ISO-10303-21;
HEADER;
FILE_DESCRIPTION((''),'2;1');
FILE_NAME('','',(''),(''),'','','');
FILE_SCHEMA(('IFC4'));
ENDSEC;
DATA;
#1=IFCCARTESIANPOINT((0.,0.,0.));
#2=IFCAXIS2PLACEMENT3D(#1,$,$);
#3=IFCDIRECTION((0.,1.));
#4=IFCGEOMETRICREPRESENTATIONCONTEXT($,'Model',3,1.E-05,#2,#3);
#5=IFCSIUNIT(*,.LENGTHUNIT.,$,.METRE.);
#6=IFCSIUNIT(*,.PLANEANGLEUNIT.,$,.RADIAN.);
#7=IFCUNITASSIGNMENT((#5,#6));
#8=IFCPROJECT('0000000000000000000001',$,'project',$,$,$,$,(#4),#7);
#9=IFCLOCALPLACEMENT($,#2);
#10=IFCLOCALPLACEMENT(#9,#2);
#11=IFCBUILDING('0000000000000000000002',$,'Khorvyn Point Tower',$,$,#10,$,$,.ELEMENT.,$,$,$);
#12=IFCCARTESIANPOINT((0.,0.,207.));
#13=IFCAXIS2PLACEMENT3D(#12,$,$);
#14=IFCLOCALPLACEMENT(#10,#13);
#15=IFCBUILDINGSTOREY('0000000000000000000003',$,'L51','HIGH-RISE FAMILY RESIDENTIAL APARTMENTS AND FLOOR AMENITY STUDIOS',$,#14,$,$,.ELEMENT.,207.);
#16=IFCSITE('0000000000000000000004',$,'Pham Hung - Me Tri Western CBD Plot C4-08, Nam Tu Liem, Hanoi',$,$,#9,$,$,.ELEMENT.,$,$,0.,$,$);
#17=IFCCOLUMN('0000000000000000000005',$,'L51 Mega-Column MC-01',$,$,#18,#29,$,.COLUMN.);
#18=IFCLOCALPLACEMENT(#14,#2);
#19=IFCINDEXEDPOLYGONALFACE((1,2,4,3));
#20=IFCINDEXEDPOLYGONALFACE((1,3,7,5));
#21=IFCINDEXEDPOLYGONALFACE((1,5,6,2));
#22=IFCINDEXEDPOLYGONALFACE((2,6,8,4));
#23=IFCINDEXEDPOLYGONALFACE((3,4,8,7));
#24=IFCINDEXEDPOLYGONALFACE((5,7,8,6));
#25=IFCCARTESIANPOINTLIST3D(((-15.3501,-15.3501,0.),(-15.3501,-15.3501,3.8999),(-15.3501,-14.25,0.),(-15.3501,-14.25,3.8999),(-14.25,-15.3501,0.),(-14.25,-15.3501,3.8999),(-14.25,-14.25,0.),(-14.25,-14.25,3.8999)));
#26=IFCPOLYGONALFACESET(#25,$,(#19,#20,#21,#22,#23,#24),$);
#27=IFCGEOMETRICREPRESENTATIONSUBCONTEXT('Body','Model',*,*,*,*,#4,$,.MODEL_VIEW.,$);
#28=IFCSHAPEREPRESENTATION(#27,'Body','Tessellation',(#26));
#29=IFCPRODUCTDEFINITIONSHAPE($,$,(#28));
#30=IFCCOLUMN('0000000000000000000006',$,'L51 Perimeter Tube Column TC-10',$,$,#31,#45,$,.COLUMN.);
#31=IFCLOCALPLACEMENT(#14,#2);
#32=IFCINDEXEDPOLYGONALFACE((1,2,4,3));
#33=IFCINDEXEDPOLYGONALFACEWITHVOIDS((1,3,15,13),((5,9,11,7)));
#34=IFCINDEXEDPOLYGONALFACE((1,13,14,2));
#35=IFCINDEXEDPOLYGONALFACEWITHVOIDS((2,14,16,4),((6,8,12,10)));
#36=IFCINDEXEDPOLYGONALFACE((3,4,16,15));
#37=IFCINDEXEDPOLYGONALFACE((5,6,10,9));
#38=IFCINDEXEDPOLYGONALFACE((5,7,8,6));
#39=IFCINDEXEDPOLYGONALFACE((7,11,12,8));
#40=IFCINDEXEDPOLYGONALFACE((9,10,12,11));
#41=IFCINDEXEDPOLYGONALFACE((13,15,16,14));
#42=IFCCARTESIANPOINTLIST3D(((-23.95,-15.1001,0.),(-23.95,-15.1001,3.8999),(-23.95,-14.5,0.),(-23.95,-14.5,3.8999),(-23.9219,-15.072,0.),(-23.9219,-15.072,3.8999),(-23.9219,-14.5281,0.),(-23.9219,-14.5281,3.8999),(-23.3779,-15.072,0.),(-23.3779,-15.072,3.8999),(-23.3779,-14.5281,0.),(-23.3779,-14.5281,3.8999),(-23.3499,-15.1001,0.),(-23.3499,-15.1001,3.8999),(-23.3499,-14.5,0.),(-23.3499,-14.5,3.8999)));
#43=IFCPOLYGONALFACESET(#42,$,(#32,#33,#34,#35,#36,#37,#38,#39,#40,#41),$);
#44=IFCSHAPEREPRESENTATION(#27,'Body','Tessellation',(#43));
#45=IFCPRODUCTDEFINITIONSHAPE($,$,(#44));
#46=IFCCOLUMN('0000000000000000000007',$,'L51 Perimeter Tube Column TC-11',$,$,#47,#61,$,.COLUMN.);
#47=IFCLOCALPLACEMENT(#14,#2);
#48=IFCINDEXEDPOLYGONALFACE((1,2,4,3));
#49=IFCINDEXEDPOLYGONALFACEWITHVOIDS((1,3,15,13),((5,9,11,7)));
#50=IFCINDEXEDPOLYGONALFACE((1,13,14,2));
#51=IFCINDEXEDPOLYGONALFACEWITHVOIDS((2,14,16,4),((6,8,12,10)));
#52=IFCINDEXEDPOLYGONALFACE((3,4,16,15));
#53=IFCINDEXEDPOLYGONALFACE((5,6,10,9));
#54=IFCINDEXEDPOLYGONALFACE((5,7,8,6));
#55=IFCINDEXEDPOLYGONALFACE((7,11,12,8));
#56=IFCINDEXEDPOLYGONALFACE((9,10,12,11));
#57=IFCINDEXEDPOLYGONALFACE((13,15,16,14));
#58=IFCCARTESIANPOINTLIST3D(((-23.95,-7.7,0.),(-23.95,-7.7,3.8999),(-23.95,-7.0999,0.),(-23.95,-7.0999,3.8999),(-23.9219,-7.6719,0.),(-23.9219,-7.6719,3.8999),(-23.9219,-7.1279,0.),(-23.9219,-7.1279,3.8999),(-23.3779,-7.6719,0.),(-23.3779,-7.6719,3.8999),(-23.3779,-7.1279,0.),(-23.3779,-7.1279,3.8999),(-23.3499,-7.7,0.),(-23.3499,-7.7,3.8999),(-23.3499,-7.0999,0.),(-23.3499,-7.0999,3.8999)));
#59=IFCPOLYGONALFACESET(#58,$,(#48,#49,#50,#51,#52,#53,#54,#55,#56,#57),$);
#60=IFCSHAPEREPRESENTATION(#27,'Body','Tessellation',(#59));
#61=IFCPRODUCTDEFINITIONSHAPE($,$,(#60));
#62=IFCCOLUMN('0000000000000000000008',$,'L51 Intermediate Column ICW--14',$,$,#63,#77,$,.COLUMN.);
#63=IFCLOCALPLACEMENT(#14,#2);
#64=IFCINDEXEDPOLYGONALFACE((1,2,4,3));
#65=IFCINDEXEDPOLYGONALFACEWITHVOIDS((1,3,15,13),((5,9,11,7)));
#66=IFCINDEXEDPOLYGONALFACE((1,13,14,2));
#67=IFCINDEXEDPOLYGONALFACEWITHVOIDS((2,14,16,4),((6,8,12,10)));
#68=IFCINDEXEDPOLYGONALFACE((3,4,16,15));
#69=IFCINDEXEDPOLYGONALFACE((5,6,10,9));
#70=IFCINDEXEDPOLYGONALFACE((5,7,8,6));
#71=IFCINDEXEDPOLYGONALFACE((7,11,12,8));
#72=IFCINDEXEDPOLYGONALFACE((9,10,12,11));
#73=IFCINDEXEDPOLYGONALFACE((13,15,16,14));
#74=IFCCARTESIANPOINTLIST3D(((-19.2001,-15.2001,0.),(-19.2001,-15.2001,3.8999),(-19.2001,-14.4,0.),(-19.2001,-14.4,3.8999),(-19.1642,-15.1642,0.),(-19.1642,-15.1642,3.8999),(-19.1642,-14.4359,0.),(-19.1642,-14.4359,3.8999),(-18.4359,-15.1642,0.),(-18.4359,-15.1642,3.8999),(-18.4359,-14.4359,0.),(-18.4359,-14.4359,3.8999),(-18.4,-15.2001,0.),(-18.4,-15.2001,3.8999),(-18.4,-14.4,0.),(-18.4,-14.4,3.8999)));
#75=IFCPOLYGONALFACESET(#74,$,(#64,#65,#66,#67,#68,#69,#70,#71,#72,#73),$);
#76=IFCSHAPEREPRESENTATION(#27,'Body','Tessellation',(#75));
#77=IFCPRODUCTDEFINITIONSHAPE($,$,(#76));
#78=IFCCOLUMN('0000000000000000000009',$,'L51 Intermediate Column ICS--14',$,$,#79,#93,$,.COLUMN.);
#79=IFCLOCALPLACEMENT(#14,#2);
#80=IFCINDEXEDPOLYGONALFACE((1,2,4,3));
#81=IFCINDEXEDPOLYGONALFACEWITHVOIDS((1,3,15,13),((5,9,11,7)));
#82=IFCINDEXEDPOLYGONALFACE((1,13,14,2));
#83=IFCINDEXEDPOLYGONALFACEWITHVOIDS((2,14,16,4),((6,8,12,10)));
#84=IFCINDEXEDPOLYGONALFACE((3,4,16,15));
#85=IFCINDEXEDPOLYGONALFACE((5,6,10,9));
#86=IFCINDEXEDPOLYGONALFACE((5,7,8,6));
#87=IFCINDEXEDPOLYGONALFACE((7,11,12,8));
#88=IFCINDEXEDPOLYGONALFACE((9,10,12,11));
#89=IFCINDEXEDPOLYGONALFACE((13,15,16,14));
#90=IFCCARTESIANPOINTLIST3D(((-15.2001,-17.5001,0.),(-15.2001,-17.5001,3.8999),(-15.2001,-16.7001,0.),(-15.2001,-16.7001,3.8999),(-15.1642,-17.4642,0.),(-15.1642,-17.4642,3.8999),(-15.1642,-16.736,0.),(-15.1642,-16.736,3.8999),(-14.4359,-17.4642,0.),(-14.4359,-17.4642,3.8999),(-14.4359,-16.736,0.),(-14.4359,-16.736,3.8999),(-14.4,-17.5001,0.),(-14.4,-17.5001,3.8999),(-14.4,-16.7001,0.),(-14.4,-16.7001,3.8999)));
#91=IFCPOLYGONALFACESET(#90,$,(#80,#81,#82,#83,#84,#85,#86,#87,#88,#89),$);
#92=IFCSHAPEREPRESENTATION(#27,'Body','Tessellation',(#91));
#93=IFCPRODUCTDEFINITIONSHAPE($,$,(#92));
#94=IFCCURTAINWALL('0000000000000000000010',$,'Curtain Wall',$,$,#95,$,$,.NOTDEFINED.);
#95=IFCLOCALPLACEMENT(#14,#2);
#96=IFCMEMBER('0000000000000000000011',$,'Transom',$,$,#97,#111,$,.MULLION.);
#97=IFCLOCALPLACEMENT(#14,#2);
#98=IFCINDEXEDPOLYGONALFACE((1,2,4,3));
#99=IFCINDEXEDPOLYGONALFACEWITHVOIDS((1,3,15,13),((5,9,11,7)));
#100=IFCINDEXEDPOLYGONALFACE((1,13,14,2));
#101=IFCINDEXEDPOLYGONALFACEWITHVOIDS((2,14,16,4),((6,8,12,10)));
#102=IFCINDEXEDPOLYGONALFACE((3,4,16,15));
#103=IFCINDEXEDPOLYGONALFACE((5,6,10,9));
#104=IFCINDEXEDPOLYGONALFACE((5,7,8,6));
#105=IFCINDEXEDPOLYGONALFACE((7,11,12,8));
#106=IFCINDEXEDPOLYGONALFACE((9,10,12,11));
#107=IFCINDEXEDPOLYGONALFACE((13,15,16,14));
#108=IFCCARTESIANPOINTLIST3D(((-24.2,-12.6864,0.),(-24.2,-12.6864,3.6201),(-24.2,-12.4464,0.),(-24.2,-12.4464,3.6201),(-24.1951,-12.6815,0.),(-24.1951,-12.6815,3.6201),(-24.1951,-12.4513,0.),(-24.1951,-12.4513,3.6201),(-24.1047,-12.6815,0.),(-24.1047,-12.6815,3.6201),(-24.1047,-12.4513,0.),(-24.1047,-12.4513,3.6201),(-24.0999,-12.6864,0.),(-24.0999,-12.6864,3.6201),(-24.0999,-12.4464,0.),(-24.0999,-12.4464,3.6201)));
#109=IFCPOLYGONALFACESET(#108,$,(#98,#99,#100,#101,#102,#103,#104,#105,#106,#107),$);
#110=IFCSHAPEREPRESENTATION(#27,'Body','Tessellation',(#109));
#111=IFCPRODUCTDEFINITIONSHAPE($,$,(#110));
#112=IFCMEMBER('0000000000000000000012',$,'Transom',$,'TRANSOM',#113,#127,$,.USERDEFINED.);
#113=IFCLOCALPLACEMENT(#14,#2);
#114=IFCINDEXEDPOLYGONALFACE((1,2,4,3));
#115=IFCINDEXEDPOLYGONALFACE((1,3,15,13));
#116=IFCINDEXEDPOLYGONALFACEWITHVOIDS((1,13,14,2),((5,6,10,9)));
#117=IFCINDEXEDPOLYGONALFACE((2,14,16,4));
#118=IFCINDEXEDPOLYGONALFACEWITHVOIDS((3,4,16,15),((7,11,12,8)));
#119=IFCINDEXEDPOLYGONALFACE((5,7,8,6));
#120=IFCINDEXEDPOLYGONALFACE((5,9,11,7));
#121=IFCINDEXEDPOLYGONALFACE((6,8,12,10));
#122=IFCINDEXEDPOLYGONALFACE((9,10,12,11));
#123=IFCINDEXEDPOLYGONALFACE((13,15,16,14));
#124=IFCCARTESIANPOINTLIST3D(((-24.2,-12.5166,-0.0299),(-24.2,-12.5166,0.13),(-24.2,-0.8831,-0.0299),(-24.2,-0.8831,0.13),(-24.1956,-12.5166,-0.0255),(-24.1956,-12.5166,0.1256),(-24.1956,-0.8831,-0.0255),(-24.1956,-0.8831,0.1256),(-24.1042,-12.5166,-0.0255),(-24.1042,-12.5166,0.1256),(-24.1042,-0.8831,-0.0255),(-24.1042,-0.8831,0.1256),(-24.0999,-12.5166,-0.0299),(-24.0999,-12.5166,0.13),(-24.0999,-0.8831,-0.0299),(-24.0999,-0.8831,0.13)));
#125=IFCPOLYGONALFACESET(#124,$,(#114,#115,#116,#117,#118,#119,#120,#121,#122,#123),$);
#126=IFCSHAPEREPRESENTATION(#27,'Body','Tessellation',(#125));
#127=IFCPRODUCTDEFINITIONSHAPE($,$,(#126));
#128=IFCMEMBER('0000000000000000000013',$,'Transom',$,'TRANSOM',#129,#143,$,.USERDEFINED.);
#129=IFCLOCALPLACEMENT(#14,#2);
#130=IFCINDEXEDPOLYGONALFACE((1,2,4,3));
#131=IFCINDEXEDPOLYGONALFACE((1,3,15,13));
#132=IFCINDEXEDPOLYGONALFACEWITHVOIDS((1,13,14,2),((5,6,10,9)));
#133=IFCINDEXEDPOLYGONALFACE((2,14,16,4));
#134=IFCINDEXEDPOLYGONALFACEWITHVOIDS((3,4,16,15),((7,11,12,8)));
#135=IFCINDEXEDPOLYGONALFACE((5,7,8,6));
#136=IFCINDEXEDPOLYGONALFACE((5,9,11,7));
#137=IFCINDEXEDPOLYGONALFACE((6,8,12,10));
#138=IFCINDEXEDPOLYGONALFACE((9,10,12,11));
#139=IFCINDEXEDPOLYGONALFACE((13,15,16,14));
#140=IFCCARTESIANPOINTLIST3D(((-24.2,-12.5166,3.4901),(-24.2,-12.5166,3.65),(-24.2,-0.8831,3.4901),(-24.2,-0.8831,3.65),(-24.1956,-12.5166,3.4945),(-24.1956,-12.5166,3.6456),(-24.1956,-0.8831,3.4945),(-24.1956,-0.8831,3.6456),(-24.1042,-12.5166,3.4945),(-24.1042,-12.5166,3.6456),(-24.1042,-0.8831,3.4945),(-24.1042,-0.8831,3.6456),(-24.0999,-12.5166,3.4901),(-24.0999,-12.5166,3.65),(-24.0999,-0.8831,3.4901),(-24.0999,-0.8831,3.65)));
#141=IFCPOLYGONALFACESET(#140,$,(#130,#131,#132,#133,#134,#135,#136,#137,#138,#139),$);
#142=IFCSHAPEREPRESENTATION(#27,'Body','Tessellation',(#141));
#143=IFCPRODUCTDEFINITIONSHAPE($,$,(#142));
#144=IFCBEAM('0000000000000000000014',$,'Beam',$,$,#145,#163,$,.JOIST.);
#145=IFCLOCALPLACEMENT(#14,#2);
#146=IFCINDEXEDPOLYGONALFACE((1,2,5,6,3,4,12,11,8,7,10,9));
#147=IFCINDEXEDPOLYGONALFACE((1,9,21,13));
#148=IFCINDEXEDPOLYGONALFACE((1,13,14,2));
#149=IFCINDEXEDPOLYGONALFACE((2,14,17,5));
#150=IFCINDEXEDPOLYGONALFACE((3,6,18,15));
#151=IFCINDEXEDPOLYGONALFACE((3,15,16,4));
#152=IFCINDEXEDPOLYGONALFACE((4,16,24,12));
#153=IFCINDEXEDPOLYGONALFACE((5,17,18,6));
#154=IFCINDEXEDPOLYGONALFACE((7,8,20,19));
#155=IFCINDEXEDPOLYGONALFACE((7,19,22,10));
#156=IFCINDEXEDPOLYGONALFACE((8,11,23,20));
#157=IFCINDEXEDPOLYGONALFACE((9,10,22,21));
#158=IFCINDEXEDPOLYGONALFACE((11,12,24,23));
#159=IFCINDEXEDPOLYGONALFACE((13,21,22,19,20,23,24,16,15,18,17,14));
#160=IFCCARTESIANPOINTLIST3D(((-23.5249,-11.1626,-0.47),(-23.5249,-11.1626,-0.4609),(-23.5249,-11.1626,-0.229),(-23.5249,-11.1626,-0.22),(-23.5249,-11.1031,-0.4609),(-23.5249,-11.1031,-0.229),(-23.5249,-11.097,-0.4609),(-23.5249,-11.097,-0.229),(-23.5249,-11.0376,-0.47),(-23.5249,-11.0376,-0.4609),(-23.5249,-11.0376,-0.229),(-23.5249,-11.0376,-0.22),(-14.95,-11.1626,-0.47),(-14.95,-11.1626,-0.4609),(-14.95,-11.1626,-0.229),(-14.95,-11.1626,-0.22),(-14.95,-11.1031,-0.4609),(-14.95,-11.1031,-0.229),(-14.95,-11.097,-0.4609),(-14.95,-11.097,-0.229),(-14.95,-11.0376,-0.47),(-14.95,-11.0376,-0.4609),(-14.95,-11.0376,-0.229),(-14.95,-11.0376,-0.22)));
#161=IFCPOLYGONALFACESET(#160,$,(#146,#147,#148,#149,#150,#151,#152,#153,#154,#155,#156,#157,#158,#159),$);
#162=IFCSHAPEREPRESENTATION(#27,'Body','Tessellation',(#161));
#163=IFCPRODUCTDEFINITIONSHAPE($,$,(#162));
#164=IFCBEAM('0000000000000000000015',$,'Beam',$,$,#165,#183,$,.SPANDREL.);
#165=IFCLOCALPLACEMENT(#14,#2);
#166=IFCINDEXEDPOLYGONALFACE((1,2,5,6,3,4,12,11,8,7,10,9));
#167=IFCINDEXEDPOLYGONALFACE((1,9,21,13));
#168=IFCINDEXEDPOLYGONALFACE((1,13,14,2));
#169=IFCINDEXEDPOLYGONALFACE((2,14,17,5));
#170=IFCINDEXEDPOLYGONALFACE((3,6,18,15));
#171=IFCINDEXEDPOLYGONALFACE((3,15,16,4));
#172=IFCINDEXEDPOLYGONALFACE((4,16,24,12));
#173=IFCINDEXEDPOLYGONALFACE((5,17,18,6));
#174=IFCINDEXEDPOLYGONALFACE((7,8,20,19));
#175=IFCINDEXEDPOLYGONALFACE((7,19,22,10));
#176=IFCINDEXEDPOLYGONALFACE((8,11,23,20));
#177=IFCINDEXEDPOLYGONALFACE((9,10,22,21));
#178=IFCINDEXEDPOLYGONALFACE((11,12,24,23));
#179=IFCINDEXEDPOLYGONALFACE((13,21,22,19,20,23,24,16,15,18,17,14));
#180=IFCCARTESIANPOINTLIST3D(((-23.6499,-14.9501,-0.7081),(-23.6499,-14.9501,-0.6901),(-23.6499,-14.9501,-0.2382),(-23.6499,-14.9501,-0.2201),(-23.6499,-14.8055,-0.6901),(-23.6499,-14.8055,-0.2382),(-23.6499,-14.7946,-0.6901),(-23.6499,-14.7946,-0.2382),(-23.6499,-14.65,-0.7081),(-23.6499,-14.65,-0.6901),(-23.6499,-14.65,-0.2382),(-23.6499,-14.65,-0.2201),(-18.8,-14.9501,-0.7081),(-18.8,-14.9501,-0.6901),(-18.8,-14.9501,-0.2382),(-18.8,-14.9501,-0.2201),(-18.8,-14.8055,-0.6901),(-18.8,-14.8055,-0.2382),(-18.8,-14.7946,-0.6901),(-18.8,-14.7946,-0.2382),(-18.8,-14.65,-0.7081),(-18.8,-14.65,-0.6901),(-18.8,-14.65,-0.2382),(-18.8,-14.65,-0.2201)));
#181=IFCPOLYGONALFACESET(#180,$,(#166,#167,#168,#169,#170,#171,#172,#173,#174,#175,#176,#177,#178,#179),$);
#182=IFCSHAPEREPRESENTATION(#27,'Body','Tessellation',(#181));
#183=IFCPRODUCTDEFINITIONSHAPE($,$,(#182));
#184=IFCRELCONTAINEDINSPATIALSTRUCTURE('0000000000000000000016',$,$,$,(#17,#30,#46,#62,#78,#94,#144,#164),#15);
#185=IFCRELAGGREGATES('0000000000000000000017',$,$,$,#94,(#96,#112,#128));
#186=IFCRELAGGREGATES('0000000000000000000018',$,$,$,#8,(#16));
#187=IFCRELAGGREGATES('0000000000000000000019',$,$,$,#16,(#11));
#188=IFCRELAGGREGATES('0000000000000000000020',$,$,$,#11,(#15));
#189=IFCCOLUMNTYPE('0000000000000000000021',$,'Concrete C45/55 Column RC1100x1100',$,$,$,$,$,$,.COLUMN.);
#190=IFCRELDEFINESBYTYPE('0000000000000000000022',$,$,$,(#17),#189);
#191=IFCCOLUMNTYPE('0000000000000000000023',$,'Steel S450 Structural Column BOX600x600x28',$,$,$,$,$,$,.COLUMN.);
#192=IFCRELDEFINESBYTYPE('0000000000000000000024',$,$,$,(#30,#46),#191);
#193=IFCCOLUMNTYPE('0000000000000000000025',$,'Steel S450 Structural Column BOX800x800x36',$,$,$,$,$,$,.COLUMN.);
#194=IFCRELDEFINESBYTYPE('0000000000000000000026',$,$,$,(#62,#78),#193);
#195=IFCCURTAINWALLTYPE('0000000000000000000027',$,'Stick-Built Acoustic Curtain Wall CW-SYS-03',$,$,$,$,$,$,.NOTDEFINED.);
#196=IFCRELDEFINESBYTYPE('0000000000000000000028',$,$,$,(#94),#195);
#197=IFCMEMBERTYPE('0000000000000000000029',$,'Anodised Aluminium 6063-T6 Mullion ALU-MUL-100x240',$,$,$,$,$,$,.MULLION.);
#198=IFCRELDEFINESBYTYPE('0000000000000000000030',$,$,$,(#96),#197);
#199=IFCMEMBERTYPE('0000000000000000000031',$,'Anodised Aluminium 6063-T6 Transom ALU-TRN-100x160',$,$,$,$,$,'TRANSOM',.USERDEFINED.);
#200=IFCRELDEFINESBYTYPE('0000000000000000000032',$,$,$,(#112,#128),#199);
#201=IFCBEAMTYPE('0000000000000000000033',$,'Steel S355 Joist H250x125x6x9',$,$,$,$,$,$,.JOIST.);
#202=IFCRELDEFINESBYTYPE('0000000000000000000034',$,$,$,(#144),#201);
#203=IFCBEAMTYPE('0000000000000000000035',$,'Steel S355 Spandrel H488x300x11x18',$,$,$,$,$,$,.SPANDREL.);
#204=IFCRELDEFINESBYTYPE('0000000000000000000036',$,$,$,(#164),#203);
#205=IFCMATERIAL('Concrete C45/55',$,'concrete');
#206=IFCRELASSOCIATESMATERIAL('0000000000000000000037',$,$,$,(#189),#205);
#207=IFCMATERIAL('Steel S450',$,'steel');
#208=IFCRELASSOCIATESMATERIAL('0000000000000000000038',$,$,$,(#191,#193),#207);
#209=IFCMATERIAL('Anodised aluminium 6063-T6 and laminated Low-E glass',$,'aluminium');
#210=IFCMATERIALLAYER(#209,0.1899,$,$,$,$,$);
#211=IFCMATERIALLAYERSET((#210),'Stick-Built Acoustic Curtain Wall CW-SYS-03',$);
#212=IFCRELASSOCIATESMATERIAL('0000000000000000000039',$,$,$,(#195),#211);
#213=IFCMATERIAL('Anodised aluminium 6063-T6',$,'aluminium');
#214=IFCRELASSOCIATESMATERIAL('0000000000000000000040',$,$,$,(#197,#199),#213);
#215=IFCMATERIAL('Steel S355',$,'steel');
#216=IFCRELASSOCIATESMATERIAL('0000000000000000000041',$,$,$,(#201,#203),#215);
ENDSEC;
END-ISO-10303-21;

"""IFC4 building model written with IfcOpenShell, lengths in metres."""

from ifc_helpers import new_model, si_unit, direction, frame, origin, origin_2d, place, context, subcontext, project, spatial, rectangle, hollow_rectangle, i_section, extrude, material, layer, layer_set, material_profile, profile_set, type_object, element, aggregate, save


model = new_model("IFC4")

# Units and contexts
model_context = context("Model", 3, precision=1e-05, world=origin(), true_north=direction((0.0, 1.0)))
body_context = subcontext(model_context, "Body", "Model", "MODEL_VIEW")
ifc_project = project(units=[si_unit("LENGTHUNIT", "METRE"), si_unit("PLANEANGLEUNIT", "RADIAN")], contexts=[model_context])

# Site, building, storey
site_placement = place(None, origin())
site = spatial("IfcSite", under=ifc_project, at=site_placement, Name="Pham Hung - Me Tri Western CBD Plot C4-08, Nam Tu Liem, Hanoi", CompositionType="ELEMENT", RefElevation=0.0)
building_placement = place(site_placement, origin())
building = spatial("IfcBuilding", under=site, at=building_placement, Name="Khorvyn Point Tower", CompositionType="ELEMENT")
storey_placement = place(building_placement, frame((0.0, 0.0, 207.0)))
storey = spatial("IfcBuildingStorey", under=building, at=storey_placement, Name="L51", Description="HIGH-RISE FAMILY RESIDENTIAL APARTMENTS AND FLOOR AMENITY STUDIOS", CompositionType="ELEMENT", Elevation=207.0)

# Columns
ifc_material_1 = material(Name="Concrete C45/55", Category="concrete")
ifc_material_profile_1 = material_profile(ifc_material_1, rectangle(XDim=1.1001, YDim=1.1001, at=origin_2d()))
ifc_profile_set_1 = profile_set([ifc_material_profile_1], Name="Concrete C45/55 RC1100x1100")
column_type_1 = type_object("IfcColumnType", Name="Concrete C45/55 Column RC1100x1100", PredefinedType="COLUMN", material=ifc_profile_set_1)
column_placement = place(storey_placement, frame((-14.8, -14.8, 0.0), z_axis=(0.0, 0.0, 1.0), x_axis=(1.0, 0.0, 0.0)))
element("IfcColumn", 1, at=column_placement, inside=storey, type_object=column_type_1, Name="L51 Mega-Column MC-01", PredefinedType="COLUMN", context=body_context, shape_type="SweptSolid", body=[
    extrude(rectangle(XDim=1.1001, YDim=1.1001, at=origin_2d()), origin(), (0.0, 0.0, 1.0), 3.8999),
])
ifc_material_2 = material(Name="Steel S450", Category="steel")
ifc_material_profile_2 = material_profile(ifc_material_2, hollow_rectangle(XDim=0.6001, YDim=0.6001, WallThickness=0.0281, at=origin_2d()))
ifc_profile_set_2 = profile_set([ifc_material_profile_2], Name="Steel S450 BOX600x600x28")
column_type_2 = type_object("IfcColumnType", Name="Steel S450 Structural Column BOX600x600x28", PredefinedType="COLUMN", material=ifc_profile_set_2)
for number, where, z_axis, x_axis, name in (
    (2, (-23.6499, -14.8, 0.0), (0.0, 0.0, 1.0), (1.0, 0.0, 0.0), "L51 Perimeter Tube Column TC-10"),
    (3, (-23.6499, -7.3999, 0.0), (0.0, 0.0, 1.0), (1.0, 0.0, 0.0), "L51 Perimeter Tube Column TC-11"),
):
    element("IfcColumn", number, at=place(storey_placement, frame(where, z_axis=z_axis, x_axis=x_axis)), inside=storey, type_object=column_type_2, Name=name, PredefinedType="COLUMN", context=body_context, shape_type="SweptSolid", body=[
        extrude(hollow_rectangle(XDim=0.6001, YDim=0.6001, WallThickness=0.0281, at=origin_2d()), origin(), (0.0, 0.0, 1.0), 3.8999),
    ])
ifc_material_profile_3 = material_profile(ifc_material_2, hollow_rectangle(XDim=0.8, YDim=0.8, WallThickness=0.0359, at=origin_2d()))
ifc_profile_set_3 = profile_set([ifc_material_profile_3], Name="Steel S450 BOX800x800x36")
column_type_3 = type_object("IfcColumnType", Name="Steel S450 Structural Column BOX800x800x36", PredefinedType="COLUMN", material=ifc_profile_set_3)
for number, where, z_axis, x_axis, name in (
    (4, (-18.8, -14.8, 0.0), (0.0, 0.0, 1.0), (1.0, 0.0, 0.0), "L51 Intermediate Column ICW--14"),
    (5, (-14.8, -17.1001, 0.0), (0.0, 0.0, 1.0), (1.0, 0.0, 0.0), "L51 Intermediate Column ICS--14"),
):
    element("IfcColumn", number, at=place(storey_placement, frame(where, z_axis=z_axis, x_axis=x_axis)), inside=storey, type_object=column_type_3, Name=name, PredefinedType="COLUMN", context=body_context, shape_type="SweptSolid", body=[
        extrude(hollow_rectangle(XDim=0.8, YDim=0.8, WallThickness=0.0359, at=origin_2d()), origin(), (0.0, 0.0, 1.0), 3.8999),
    ])

# Curtain wall, members
ifc_material_3 = material(Name="Anodised aluminium 6063-T6 and laminated Low-E glass", Category="aluminium")
ifc_layer_1 = layer(ifc_material_3, 0.1899)
ifc_layer_set_1 = layer_set([ifc_layer_1], Name="Stick-Built Acoustic Curtain Wall CW-SYS-03")
curtain_wall_type = type_object("IfcCurtainWallType", Name="Stick-Built Acoustic Curtain Wall CW-SYS-03", PredefinedType="NOTDEFINED", material=ifc_layer_set_1)
curtain_wall_placement = place(storey_placement, origin())
curtain_wall = element("IfcCurtainWall", 6, at=curtain_wall_placement, inside=storey, type_object=curtain_wall_type, Name="Curtain Wall", PredefinedType="NOTDEFINED")
ifc_material_4 = material(Name="Anodised aluminium 6063-T6", Category="aluminium")
ifc_material_profile_4 = material_profile(ifc_material_4, hollow_rectangle(XDim=0.1001, YDim=0.24, WallThickness=0.0049, at=origin_2d()))
ifc_profile_set_4 = profile_set([ifc_material_profile_4], Name="Anodised aluminium 6063-T6 ALU-MUL-100x240")
member_type_1 = type_object("IfcMemberType", Name="Anodised Aluminium 6063-T6 Mullion ALU-MUL-100x240", PredefinedType="MULLION", material=ifc_profile_set_4)
member_1_placement = place(storey_placement, frame((-24.1499, -12.5664, 0.0), z_axis=(0.0, 0.0, 1.0), x_axis=(-1.0, 0.0, 0.0)))
member_1 = element("IfcMember", 7, at=member_1_placement, type_object=member_type_1, Name="Transom", PredefinedType="MULLION", context=body_context, shape_type="SweptSolid", body=[
    extrude(hollow_rectangle(XDim=0.1001, YDim=0.24, WallThickness=0.0049, at=origin_2d()), origin(), (0.0, 0.0, 1.0), 3.6201),
])
ifc_material_profile_5 = material_profile(ifc_material_4, hollow_rectangle(XDim=0.1001, YDim=0.1599, WallThickness=0.0044, at=origin_2d()))
ifc_profile_set_5 = profile_set([ifc_material_profile_5], Name="Anodised aluminium 6063-T6 ALU-TRN-100x160")
member_type_2 = type_object("IfcMemberType", Name="Anodised Aluminium 6063-T6 Transom ALU-TRN-100x160", ElementType="TRANSOM", PredefinedType="USERDEFINED", material=ifc_profile_set_5)
member_2_placement = place(storey_placement, frame((-24.1499, -12.5166, 0.05), z_axis=(0.0, 1.0, 0.0), x_axis=(-1.0, 0.0, 0.0)))
member_2 = element("IfcMember", 8, at=member_2_placement, type_object=member_type_2, Name="Transom", ObjectType="TRANSOM", PredefinedType="USERDEFINED", context=body_context, shape_type="SweptSolid", body=[
    extrude(hollow_rectangle(XDim=0.1001, YDim=0.1599, WallThickness=0.0044, at=origin_2d()), origin(), (0.0, 0.0, 1.0), 11.6335),
])
member_3_placement = place(storey_placement, frame((-24.1499, -12.5166, 3.5701), z_axis=(0.0, 1.0, 0.0), x_axis=(-1.0, 0.0, 0.0)))
member_3 = element("IfcMember", 9, at=member_3_placement, type_object=member_type_2, Name="Transom", ObjectType="TRANSOM", PredefinedType="USERDEFINED", context=body_context, shape_type="SweptSolid", body=[
    extrude(hollow_rectangle(XDim=0.1001, YDim=0.1599, WallThickness=0.0044, at=origin_2d()), origin(), (0.0, 0.0, 1.0), 11.6335),
])
aggregate(curtain_wall, [member_1, member_2, member_3])

# Beams
ifc_material_5 = material(Name="Steel S355", Category="steel")
ifc_material_profile_6 = material_profile(ifc_material_5, i_section(OverallWidth=0.125, OverallDepth=0.25, WebThickness=0.0061, FlangeThickness=0.009, at=origin_2d()))
ifc_profile_set_6 = profile_set([ifc_material_profile_6], Name="Steel S355 H250x125x6x9")
beam_type_1 = type_object("IfcBeamType", Name="Steel S355 Joist H250x125x6x9", PredefinedType="JOIST", material=ifc_profile_set_6)
beam_1_placement = place(storey_placement, frame((-23.5249, -11.1001, -0.345), z_axis=(1.0, 0.0, 0.0), x_axis=(0.0, 1.0, 0.0)))
element("IfcBeam", 10, at=beam_1_placement, inside=storey, type_object=beam_type_1, Name="Beam", PredefinedType="JOIST", context=body_context, shape_type="SweptSolid", body=[
    extrude(i_section(OverallWidth=0.125, OverallDepth=0.25, WebThickness=0.0061, FlangeThickness=0.009, at=origin_2d()), origin(), (0.0, 0.0, 1.0), 8.575),
])
ifc_material_profile_7 = material_profile(ifc_material_5, i_section(OverallWidth=0.3, OverallDepth=0.488, WebThickness=0.011, FlangeThickness=0.0181, at=origin_2d()))
ifc_profile_set_7 = profile_set([ifc_material_profile_7], Name="Steel S355 H488x300x11x18")
beam_type_2 = type_object("IfcBeamType", Name="Steel S355 Spandrel H488x300x11x18", PredefinedType="SPANDREL", material=ifc_profile_set_7)
beam_2_placement = place(storey_placement, frame((-23.6499, -14.8, -0.4641), z_axis=(1.0, 0.0, 0.0), x_axis=(0.0, 1.0, 0.0)))
element("IfcBeam", 11, at=beam_2_placement, inside=storey, type_object=beam_type_2, Name="Beam", PredefinedType="SPANDREL", context=body_context, shape_type="SweptSolid", body=[
    extrude(i_section(OverallWidth=0.3, OverallDepth=0.488, WebThickness=0.011, FlangeThickness=0.0181, at=origin_2d()), origin(), (0.0, 0.0, 1.0), 4.8499),
])

save(model, "model.ifc")
